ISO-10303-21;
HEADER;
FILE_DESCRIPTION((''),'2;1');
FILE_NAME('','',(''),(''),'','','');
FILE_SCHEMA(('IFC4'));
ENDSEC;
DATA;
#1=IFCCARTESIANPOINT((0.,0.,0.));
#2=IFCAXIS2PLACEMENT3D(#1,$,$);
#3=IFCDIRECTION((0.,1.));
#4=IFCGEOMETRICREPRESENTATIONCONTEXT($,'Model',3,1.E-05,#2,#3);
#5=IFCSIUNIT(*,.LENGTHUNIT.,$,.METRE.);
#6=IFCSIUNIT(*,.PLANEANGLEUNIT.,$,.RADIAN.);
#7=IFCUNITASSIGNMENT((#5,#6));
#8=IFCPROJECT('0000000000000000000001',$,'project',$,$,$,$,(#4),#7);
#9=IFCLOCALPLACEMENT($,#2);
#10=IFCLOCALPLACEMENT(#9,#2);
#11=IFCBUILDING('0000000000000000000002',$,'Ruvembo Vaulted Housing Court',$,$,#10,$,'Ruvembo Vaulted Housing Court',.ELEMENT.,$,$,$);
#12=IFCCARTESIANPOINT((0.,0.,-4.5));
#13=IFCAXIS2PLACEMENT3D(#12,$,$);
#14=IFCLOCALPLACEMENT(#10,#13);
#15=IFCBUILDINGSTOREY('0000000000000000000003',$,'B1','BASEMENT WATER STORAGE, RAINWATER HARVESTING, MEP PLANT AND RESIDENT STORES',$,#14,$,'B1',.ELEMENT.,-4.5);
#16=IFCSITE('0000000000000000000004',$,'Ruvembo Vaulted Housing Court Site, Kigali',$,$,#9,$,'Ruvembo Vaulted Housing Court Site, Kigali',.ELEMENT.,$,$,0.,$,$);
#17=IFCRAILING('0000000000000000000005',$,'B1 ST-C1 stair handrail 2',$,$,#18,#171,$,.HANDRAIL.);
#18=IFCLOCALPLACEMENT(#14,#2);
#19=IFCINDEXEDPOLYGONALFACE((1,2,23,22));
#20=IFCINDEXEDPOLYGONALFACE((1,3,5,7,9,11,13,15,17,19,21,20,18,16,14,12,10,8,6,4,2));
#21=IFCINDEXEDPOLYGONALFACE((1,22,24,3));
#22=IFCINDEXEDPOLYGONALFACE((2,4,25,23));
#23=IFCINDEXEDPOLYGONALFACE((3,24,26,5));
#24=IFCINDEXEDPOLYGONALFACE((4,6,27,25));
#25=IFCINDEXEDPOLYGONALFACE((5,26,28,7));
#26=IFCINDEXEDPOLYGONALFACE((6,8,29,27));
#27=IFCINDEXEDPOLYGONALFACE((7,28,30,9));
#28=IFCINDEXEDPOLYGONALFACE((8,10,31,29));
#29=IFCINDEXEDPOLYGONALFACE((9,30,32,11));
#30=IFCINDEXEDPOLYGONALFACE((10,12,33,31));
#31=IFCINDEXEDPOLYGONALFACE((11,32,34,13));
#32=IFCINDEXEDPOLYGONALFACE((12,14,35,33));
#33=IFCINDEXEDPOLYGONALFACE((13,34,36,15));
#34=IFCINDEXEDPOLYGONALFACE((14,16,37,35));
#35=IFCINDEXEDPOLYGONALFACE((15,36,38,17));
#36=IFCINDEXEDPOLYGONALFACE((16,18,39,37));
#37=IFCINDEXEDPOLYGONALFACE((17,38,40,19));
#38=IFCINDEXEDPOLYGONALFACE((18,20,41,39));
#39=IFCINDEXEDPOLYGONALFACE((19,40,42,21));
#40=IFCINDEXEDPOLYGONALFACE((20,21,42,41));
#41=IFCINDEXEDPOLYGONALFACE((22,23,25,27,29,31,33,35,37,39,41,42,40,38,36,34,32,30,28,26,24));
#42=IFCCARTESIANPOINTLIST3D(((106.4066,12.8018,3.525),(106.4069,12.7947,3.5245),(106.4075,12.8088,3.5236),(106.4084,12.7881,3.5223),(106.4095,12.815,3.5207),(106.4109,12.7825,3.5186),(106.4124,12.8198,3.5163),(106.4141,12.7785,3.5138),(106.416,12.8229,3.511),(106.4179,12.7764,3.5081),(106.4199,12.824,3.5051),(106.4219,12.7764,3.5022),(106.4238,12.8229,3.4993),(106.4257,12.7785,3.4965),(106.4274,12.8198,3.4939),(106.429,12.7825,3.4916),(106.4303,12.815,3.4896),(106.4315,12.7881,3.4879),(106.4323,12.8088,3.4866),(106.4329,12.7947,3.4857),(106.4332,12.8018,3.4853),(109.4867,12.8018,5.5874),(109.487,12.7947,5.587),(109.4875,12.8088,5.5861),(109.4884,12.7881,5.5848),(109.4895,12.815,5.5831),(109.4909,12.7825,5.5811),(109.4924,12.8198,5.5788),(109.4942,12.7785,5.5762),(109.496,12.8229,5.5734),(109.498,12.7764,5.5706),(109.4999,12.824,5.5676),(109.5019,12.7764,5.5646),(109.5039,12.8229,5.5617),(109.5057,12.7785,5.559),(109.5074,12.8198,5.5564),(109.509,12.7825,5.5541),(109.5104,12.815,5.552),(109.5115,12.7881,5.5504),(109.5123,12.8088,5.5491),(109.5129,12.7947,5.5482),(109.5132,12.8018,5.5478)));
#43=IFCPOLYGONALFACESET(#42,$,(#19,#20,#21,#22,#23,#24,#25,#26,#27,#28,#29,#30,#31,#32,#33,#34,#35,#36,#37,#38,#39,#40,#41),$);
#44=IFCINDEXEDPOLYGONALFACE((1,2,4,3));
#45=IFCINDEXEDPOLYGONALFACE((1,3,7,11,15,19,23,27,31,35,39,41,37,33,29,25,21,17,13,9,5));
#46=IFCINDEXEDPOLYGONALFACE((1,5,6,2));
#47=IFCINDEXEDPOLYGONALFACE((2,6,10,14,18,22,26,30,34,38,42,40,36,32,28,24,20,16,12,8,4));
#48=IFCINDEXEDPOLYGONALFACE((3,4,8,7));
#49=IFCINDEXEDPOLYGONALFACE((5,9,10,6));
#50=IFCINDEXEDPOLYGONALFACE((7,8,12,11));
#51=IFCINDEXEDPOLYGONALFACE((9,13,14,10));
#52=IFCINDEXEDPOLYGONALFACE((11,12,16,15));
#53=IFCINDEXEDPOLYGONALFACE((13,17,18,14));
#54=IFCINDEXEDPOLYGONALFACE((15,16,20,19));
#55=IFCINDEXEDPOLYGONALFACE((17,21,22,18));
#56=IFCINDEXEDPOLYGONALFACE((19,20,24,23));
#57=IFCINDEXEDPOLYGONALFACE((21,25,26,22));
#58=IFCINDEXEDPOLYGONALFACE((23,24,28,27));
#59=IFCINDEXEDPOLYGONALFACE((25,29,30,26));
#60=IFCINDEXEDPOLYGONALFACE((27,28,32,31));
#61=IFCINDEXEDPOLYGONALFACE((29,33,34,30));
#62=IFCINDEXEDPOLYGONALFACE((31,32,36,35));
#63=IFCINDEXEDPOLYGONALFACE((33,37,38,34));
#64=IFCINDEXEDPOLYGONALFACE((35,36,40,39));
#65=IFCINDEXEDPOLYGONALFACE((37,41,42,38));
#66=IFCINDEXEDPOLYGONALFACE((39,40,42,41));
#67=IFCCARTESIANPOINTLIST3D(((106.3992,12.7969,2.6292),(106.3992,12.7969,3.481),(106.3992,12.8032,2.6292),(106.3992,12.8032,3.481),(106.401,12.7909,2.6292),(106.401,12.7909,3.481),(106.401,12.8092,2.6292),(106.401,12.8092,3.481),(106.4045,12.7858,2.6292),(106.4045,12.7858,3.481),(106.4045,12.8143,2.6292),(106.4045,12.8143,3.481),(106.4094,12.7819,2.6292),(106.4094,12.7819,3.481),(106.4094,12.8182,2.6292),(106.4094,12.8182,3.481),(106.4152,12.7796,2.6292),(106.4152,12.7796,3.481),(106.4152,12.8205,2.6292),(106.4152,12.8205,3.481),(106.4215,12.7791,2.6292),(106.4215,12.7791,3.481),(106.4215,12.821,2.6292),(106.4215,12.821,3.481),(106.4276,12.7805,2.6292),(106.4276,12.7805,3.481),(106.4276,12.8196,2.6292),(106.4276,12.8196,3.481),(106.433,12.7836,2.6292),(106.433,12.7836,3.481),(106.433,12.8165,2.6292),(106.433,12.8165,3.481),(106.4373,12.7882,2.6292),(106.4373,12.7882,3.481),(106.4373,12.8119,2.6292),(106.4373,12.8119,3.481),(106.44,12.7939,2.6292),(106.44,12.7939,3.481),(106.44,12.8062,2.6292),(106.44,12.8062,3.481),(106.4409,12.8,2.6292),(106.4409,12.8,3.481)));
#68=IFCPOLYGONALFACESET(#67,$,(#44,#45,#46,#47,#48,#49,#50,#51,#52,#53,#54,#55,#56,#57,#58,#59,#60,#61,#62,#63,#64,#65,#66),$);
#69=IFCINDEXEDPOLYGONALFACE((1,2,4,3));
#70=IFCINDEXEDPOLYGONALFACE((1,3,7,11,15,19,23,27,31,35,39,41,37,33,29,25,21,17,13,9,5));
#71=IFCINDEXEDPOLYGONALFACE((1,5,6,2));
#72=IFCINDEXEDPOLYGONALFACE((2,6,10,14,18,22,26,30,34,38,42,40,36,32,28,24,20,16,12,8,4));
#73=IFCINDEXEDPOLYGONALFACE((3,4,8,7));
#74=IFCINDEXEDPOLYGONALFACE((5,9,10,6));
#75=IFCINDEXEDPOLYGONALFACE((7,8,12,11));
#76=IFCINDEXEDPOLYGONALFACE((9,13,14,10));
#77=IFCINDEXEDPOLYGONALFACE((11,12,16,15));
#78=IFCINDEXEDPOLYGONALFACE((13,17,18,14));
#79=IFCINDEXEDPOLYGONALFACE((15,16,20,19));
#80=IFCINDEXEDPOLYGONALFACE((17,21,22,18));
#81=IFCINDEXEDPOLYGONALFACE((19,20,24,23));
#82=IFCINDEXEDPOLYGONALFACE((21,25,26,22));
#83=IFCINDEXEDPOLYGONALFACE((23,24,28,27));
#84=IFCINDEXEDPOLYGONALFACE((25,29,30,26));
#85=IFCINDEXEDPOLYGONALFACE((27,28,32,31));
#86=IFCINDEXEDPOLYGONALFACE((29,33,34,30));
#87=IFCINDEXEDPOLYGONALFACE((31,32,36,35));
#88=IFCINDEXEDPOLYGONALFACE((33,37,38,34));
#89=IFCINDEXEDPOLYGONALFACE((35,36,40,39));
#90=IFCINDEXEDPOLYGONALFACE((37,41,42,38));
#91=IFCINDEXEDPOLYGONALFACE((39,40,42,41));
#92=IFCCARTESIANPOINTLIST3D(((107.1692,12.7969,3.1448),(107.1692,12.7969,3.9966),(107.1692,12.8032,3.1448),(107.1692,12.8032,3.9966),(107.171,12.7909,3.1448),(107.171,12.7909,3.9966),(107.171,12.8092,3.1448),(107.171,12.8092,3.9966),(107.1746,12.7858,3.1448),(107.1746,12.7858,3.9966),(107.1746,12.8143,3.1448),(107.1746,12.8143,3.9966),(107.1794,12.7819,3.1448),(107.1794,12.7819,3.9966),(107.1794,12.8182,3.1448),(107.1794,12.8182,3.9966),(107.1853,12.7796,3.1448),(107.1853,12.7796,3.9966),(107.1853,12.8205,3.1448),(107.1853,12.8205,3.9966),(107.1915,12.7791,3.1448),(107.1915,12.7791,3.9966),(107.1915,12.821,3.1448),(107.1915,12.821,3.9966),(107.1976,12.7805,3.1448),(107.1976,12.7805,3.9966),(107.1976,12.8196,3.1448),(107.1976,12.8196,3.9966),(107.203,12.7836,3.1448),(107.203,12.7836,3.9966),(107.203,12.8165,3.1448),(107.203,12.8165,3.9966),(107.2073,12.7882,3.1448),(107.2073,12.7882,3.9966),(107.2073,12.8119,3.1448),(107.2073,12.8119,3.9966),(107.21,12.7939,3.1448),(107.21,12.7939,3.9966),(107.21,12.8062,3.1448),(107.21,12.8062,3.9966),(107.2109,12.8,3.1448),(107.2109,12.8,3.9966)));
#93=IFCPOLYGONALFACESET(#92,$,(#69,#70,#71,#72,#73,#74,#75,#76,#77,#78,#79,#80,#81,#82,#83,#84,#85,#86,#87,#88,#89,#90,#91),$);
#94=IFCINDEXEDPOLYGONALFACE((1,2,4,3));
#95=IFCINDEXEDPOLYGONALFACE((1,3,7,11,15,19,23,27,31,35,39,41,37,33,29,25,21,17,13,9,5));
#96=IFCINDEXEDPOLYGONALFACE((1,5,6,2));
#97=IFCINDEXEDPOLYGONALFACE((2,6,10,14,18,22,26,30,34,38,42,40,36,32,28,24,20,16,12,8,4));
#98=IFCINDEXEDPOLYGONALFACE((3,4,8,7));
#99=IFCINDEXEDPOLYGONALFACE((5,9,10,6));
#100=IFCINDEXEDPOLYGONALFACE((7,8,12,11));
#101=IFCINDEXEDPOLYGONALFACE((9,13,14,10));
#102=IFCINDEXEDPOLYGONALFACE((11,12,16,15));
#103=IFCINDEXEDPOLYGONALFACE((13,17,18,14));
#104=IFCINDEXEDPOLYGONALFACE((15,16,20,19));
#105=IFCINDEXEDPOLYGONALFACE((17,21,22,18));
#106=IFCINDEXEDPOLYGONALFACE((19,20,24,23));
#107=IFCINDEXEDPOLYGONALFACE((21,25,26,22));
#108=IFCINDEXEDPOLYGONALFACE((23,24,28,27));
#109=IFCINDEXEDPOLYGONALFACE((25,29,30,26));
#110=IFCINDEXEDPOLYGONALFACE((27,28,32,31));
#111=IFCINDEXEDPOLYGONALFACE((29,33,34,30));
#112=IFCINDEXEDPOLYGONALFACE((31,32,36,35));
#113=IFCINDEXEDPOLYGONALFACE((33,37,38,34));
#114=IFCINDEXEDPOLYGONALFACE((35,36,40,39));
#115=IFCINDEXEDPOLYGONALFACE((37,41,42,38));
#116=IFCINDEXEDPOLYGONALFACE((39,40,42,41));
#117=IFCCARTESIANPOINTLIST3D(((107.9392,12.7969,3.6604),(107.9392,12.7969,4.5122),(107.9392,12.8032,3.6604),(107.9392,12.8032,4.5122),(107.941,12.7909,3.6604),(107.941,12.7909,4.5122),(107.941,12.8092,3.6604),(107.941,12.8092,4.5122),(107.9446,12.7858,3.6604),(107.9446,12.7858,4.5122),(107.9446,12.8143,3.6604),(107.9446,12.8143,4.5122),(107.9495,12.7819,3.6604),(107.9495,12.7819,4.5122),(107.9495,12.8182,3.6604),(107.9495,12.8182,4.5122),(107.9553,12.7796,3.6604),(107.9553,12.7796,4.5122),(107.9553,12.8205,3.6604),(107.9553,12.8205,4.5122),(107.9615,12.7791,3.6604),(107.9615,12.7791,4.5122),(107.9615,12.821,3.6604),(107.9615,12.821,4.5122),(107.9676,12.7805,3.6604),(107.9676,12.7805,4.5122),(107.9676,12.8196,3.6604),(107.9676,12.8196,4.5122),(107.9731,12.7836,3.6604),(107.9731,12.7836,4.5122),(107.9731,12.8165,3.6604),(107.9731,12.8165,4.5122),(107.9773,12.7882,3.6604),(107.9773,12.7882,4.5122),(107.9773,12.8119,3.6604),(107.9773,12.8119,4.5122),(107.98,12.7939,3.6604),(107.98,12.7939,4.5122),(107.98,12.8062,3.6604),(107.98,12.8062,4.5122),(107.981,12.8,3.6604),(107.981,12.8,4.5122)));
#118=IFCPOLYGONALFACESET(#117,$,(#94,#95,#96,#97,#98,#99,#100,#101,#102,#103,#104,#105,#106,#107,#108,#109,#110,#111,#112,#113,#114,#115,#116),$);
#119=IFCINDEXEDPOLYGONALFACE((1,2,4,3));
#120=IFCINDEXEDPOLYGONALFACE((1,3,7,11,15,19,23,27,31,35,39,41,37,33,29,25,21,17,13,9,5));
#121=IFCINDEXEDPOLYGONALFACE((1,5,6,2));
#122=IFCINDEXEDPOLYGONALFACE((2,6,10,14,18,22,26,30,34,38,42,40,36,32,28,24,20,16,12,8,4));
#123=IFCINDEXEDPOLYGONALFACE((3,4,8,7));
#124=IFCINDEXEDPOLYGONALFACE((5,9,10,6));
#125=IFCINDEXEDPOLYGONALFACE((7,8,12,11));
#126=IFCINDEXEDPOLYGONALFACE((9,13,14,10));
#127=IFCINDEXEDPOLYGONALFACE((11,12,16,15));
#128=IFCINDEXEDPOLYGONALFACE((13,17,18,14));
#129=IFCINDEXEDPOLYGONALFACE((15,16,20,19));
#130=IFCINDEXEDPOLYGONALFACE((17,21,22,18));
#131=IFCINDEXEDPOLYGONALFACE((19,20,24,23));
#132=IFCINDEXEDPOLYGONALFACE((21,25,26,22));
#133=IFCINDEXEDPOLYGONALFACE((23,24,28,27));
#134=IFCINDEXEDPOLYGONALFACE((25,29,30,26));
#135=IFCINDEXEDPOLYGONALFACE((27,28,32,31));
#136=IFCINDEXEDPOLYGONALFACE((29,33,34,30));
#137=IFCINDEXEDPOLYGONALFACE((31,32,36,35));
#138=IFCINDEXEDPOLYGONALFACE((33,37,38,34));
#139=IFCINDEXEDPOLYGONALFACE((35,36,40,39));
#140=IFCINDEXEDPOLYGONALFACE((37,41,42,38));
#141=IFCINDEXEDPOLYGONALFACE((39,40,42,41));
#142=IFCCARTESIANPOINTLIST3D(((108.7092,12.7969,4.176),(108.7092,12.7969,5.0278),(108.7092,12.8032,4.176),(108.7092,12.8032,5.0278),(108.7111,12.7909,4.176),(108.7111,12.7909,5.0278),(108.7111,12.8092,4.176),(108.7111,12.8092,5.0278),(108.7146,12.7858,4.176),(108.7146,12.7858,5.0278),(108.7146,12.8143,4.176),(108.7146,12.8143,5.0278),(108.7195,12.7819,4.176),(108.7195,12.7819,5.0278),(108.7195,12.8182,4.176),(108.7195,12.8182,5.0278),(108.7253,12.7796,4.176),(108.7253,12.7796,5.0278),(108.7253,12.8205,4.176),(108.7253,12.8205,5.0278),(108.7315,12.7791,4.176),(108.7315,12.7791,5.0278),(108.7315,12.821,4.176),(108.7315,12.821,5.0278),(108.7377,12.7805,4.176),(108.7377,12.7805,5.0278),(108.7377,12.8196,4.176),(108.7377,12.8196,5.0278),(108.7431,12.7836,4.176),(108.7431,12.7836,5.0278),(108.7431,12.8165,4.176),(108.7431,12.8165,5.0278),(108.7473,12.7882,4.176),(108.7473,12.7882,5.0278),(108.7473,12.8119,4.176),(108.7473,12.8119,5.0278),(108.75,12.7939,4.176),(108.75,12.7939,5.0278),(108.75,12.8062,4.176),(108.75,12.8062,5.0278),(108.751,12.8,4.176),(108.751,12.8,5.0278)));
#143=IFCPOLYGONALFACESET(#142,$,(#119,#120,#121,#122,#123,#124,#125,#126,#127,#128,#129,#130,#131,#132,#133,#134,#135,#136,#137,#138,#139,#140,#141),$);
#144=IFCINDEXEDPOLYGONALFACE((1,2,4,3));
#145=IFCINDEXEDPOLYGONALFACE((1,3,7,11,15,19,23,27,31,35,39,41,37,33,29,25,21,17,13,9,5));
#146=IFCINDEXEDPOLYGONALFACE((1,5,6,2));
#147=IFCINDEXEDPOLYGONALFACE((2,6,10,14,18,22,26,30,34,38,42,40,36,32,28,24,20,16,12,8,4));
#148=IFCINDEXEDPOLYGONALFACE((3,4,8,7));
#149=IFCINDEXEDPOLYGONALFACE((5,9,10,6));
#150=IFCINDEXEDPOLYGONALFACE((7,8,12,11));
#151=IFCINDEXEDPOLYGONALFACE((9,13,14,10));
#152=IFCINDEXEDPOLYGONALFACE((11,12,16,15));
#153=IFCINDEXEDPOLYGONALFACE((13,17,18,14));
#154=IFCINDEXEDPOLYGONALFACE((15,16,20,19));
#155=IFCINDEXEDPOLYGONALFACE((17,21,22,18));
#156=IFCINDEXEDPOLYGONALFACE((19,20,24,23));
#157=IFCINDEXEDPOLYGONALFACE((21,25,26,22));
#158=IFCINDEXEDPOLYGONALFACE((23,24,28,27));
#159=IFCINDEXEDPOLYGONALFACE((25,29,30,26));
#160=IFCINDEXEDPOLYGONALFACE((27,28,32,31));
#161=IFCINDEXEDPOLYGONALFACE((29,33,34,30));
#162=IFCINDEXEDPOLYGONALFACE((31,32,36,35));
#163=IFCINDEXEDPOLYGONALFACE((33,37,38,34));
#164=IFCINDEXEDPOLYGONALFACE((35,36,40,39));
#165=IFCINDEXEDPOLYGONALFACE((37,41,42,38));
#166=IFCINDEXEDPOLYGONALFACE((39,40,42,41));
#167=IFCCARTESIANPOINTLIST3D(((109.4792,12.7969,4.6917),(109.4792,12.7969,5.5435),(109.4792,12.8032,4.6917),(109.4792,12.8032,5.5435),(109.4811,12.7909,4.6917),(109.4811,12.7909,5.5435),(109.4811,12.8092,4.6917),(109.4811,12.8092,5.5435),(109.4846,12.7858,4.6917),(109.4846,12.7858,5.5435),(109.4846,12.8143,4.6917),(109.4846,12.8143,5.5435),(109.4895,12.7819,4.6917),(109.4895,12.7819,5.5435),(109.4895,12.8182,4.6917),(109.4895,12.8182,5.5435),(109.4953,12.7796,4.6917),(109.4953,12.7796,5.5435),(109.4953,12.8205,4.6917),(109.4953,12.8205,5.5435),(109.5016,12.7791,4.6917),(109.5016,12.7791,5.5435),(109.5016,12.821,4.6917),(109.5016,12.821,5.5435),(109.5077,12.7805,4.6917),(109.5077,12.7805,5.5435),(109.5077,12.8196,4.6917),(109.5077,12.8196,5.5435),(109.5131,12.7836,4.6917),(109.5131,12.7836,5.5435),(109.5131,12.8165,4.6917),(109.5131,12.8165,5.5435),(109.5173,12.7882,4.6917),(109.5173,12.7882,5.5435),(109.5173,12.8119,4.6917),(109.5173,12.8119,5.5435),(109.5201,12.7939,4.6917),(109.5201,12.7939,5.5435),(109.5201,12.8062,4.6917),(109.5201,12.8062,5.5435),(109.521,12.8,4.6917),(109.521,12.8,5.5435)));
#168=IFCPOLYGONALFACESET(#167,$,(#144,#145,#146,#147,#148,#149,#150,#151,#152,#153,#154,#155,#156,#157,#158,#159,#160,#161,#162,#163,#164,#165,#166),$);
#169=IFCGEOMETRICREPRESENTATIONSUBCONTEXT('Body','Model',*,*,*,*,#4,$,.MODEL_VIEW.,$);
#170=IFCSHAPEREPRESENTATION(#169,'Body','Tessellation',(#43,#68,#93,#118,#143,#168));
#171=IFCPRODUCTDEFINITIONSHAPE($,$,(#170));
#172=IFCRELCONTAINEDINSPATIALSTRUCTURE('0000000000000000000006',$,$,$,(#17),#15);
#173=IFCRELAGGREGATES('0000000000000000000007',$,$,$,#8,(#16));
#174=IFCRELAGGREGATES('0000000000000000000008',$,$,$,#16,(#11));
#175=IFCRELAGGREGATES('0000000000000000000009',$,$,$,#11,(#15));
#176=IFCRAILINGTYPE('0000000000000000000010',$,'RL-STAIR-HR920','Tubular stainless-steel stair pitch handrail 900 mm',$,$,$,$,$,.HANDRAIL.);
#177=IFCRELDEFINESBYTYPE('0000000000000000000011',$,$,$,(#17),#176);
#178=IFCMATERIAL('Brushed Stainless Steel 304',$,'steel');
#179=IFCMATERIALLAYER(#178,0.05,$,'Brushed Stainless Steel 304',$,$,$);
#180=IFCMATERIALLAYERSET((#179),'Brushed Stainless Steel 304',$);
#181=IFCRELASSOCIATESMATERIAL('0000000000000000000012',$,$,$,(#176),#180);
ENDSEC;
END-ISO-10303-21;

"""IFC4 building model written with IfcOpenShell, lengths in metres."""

from ifc_helpers import new_model, si_unit, direction, frame, origin, origin_2d, place, context, subcontext, project, spatial, circle, extrude, material, layer, layer_set, type_object, element, save


model = new_model("IFC4")

# Units and contexts
model_context = context("Model", 3, precision=1e-05, world=origin(), true_north=direction((0.0, 1.0)))
body_context = subcontext(model_context, "Body", "Model", "MODEL_VIEW")
ifc_project = project(units=[si_unit("LENGTHUNIT", "METRE"), si_unit("PLANEANGLEUNIT", "RADIAN")], contexts=[model_context])

# Site, building, storey
site_placement = place(None, origin())
site = spatial("IfcSite", under=ifc_project, at=site_placement, Name="Ruvembo Vaulted Housing Court Site, Kigali", LongName="Ruvembo Vaulted Housing Court Site, Kigali", CompositionType="ELEMENT", RefElevation=0.0)
building_placement = place(site_placement, origin())
building = spatial("IfcBuilding", under=site, at=building_placement, Name="Ruvembo Vaulted Housing Court", LongName="Ruvembo Vaulted Housing Court", CompositionType="ELEMENT")
storey_placement = place(building_placement, frame((0.0, 0.0, -4.5)))
storey = spatial("IfcBuildingStorey", under=building, at=storey_placement, Name="B1", Description="BASEMENT WATER STORAGE, RAINWATER HARVESTING, MEP PLANT AND RESIDENT STORES", LongName="B1", CompositionType="ELEMENT", Elevation=-4.5)

# Railing
ifc_material_1 = material(Name="Brushed Stainless Steel 304", Category="steel")
ifc_layer_1 = layer(ifc_material_1, 0.05, Name="Brushed Stainless Steel 304")
ifc_layer_set_1 = layer_set([ifc_layer_1], Name="Brushed Stainless Steel 304")
railing_type_1 = type_object("IfcRailingType", Name="RL-STAIR-HR920", Description="Tubular stainless-steel stair pitch handrail 900 mm", PredefinedType="HANDRAIL", material=ifc_layer_set_1)
railing_1_placement = place(storey_placement, frame((106.4199, 12.8, 2.6292)))
element("IfcRailing", 1, at=railing_1_placement, inside=storey, type_object=railing_type_1, Name="B1 ST-C1 stair handrail 2", PredefinedType="HANDRAIL", context=body_context, shape_type="SweptSolid", body=[
    extrude(circle(Radius=0.0239, at=origin_2d()), frame((0.0, 0.0, 0.876), z_axis=(0.830914, 0.0, 0.556401), x_axis=(0.0, 1.0, 0.0)), (0.0, 0.0, 1.0), 3.7068),
    extrude(circle(Radius=0.021, at=origin_2d()), origin(), (0.0, 0.0, 1.0), 0.8518),
    extrude(circle(Radius=0.021, at=origin_2d()), frame((0.77, 0.0, 0.5156)), (0.0, 0.0, 1.0), 0.8518),
    extrude(circle(Radius=0.021, at=origin_2d()), frame((1.54, 0.0, 1.0312)), (0.0, 0.0, 1.0), 0.8518),
    extrude(circle(Radius=0.021, at=origin_2d()), frame((2.3101, 0.0, 1.5469)), (0.0, 0.0, 1.0), 0.8518),
    extrude(circle(Radius=0.021, at=origin_2d()), frame((3.0801, 0.0, 2.0625)), (0.0, 0.0, 1.0), 0.8518),
])

save(model, "model.ifc")
